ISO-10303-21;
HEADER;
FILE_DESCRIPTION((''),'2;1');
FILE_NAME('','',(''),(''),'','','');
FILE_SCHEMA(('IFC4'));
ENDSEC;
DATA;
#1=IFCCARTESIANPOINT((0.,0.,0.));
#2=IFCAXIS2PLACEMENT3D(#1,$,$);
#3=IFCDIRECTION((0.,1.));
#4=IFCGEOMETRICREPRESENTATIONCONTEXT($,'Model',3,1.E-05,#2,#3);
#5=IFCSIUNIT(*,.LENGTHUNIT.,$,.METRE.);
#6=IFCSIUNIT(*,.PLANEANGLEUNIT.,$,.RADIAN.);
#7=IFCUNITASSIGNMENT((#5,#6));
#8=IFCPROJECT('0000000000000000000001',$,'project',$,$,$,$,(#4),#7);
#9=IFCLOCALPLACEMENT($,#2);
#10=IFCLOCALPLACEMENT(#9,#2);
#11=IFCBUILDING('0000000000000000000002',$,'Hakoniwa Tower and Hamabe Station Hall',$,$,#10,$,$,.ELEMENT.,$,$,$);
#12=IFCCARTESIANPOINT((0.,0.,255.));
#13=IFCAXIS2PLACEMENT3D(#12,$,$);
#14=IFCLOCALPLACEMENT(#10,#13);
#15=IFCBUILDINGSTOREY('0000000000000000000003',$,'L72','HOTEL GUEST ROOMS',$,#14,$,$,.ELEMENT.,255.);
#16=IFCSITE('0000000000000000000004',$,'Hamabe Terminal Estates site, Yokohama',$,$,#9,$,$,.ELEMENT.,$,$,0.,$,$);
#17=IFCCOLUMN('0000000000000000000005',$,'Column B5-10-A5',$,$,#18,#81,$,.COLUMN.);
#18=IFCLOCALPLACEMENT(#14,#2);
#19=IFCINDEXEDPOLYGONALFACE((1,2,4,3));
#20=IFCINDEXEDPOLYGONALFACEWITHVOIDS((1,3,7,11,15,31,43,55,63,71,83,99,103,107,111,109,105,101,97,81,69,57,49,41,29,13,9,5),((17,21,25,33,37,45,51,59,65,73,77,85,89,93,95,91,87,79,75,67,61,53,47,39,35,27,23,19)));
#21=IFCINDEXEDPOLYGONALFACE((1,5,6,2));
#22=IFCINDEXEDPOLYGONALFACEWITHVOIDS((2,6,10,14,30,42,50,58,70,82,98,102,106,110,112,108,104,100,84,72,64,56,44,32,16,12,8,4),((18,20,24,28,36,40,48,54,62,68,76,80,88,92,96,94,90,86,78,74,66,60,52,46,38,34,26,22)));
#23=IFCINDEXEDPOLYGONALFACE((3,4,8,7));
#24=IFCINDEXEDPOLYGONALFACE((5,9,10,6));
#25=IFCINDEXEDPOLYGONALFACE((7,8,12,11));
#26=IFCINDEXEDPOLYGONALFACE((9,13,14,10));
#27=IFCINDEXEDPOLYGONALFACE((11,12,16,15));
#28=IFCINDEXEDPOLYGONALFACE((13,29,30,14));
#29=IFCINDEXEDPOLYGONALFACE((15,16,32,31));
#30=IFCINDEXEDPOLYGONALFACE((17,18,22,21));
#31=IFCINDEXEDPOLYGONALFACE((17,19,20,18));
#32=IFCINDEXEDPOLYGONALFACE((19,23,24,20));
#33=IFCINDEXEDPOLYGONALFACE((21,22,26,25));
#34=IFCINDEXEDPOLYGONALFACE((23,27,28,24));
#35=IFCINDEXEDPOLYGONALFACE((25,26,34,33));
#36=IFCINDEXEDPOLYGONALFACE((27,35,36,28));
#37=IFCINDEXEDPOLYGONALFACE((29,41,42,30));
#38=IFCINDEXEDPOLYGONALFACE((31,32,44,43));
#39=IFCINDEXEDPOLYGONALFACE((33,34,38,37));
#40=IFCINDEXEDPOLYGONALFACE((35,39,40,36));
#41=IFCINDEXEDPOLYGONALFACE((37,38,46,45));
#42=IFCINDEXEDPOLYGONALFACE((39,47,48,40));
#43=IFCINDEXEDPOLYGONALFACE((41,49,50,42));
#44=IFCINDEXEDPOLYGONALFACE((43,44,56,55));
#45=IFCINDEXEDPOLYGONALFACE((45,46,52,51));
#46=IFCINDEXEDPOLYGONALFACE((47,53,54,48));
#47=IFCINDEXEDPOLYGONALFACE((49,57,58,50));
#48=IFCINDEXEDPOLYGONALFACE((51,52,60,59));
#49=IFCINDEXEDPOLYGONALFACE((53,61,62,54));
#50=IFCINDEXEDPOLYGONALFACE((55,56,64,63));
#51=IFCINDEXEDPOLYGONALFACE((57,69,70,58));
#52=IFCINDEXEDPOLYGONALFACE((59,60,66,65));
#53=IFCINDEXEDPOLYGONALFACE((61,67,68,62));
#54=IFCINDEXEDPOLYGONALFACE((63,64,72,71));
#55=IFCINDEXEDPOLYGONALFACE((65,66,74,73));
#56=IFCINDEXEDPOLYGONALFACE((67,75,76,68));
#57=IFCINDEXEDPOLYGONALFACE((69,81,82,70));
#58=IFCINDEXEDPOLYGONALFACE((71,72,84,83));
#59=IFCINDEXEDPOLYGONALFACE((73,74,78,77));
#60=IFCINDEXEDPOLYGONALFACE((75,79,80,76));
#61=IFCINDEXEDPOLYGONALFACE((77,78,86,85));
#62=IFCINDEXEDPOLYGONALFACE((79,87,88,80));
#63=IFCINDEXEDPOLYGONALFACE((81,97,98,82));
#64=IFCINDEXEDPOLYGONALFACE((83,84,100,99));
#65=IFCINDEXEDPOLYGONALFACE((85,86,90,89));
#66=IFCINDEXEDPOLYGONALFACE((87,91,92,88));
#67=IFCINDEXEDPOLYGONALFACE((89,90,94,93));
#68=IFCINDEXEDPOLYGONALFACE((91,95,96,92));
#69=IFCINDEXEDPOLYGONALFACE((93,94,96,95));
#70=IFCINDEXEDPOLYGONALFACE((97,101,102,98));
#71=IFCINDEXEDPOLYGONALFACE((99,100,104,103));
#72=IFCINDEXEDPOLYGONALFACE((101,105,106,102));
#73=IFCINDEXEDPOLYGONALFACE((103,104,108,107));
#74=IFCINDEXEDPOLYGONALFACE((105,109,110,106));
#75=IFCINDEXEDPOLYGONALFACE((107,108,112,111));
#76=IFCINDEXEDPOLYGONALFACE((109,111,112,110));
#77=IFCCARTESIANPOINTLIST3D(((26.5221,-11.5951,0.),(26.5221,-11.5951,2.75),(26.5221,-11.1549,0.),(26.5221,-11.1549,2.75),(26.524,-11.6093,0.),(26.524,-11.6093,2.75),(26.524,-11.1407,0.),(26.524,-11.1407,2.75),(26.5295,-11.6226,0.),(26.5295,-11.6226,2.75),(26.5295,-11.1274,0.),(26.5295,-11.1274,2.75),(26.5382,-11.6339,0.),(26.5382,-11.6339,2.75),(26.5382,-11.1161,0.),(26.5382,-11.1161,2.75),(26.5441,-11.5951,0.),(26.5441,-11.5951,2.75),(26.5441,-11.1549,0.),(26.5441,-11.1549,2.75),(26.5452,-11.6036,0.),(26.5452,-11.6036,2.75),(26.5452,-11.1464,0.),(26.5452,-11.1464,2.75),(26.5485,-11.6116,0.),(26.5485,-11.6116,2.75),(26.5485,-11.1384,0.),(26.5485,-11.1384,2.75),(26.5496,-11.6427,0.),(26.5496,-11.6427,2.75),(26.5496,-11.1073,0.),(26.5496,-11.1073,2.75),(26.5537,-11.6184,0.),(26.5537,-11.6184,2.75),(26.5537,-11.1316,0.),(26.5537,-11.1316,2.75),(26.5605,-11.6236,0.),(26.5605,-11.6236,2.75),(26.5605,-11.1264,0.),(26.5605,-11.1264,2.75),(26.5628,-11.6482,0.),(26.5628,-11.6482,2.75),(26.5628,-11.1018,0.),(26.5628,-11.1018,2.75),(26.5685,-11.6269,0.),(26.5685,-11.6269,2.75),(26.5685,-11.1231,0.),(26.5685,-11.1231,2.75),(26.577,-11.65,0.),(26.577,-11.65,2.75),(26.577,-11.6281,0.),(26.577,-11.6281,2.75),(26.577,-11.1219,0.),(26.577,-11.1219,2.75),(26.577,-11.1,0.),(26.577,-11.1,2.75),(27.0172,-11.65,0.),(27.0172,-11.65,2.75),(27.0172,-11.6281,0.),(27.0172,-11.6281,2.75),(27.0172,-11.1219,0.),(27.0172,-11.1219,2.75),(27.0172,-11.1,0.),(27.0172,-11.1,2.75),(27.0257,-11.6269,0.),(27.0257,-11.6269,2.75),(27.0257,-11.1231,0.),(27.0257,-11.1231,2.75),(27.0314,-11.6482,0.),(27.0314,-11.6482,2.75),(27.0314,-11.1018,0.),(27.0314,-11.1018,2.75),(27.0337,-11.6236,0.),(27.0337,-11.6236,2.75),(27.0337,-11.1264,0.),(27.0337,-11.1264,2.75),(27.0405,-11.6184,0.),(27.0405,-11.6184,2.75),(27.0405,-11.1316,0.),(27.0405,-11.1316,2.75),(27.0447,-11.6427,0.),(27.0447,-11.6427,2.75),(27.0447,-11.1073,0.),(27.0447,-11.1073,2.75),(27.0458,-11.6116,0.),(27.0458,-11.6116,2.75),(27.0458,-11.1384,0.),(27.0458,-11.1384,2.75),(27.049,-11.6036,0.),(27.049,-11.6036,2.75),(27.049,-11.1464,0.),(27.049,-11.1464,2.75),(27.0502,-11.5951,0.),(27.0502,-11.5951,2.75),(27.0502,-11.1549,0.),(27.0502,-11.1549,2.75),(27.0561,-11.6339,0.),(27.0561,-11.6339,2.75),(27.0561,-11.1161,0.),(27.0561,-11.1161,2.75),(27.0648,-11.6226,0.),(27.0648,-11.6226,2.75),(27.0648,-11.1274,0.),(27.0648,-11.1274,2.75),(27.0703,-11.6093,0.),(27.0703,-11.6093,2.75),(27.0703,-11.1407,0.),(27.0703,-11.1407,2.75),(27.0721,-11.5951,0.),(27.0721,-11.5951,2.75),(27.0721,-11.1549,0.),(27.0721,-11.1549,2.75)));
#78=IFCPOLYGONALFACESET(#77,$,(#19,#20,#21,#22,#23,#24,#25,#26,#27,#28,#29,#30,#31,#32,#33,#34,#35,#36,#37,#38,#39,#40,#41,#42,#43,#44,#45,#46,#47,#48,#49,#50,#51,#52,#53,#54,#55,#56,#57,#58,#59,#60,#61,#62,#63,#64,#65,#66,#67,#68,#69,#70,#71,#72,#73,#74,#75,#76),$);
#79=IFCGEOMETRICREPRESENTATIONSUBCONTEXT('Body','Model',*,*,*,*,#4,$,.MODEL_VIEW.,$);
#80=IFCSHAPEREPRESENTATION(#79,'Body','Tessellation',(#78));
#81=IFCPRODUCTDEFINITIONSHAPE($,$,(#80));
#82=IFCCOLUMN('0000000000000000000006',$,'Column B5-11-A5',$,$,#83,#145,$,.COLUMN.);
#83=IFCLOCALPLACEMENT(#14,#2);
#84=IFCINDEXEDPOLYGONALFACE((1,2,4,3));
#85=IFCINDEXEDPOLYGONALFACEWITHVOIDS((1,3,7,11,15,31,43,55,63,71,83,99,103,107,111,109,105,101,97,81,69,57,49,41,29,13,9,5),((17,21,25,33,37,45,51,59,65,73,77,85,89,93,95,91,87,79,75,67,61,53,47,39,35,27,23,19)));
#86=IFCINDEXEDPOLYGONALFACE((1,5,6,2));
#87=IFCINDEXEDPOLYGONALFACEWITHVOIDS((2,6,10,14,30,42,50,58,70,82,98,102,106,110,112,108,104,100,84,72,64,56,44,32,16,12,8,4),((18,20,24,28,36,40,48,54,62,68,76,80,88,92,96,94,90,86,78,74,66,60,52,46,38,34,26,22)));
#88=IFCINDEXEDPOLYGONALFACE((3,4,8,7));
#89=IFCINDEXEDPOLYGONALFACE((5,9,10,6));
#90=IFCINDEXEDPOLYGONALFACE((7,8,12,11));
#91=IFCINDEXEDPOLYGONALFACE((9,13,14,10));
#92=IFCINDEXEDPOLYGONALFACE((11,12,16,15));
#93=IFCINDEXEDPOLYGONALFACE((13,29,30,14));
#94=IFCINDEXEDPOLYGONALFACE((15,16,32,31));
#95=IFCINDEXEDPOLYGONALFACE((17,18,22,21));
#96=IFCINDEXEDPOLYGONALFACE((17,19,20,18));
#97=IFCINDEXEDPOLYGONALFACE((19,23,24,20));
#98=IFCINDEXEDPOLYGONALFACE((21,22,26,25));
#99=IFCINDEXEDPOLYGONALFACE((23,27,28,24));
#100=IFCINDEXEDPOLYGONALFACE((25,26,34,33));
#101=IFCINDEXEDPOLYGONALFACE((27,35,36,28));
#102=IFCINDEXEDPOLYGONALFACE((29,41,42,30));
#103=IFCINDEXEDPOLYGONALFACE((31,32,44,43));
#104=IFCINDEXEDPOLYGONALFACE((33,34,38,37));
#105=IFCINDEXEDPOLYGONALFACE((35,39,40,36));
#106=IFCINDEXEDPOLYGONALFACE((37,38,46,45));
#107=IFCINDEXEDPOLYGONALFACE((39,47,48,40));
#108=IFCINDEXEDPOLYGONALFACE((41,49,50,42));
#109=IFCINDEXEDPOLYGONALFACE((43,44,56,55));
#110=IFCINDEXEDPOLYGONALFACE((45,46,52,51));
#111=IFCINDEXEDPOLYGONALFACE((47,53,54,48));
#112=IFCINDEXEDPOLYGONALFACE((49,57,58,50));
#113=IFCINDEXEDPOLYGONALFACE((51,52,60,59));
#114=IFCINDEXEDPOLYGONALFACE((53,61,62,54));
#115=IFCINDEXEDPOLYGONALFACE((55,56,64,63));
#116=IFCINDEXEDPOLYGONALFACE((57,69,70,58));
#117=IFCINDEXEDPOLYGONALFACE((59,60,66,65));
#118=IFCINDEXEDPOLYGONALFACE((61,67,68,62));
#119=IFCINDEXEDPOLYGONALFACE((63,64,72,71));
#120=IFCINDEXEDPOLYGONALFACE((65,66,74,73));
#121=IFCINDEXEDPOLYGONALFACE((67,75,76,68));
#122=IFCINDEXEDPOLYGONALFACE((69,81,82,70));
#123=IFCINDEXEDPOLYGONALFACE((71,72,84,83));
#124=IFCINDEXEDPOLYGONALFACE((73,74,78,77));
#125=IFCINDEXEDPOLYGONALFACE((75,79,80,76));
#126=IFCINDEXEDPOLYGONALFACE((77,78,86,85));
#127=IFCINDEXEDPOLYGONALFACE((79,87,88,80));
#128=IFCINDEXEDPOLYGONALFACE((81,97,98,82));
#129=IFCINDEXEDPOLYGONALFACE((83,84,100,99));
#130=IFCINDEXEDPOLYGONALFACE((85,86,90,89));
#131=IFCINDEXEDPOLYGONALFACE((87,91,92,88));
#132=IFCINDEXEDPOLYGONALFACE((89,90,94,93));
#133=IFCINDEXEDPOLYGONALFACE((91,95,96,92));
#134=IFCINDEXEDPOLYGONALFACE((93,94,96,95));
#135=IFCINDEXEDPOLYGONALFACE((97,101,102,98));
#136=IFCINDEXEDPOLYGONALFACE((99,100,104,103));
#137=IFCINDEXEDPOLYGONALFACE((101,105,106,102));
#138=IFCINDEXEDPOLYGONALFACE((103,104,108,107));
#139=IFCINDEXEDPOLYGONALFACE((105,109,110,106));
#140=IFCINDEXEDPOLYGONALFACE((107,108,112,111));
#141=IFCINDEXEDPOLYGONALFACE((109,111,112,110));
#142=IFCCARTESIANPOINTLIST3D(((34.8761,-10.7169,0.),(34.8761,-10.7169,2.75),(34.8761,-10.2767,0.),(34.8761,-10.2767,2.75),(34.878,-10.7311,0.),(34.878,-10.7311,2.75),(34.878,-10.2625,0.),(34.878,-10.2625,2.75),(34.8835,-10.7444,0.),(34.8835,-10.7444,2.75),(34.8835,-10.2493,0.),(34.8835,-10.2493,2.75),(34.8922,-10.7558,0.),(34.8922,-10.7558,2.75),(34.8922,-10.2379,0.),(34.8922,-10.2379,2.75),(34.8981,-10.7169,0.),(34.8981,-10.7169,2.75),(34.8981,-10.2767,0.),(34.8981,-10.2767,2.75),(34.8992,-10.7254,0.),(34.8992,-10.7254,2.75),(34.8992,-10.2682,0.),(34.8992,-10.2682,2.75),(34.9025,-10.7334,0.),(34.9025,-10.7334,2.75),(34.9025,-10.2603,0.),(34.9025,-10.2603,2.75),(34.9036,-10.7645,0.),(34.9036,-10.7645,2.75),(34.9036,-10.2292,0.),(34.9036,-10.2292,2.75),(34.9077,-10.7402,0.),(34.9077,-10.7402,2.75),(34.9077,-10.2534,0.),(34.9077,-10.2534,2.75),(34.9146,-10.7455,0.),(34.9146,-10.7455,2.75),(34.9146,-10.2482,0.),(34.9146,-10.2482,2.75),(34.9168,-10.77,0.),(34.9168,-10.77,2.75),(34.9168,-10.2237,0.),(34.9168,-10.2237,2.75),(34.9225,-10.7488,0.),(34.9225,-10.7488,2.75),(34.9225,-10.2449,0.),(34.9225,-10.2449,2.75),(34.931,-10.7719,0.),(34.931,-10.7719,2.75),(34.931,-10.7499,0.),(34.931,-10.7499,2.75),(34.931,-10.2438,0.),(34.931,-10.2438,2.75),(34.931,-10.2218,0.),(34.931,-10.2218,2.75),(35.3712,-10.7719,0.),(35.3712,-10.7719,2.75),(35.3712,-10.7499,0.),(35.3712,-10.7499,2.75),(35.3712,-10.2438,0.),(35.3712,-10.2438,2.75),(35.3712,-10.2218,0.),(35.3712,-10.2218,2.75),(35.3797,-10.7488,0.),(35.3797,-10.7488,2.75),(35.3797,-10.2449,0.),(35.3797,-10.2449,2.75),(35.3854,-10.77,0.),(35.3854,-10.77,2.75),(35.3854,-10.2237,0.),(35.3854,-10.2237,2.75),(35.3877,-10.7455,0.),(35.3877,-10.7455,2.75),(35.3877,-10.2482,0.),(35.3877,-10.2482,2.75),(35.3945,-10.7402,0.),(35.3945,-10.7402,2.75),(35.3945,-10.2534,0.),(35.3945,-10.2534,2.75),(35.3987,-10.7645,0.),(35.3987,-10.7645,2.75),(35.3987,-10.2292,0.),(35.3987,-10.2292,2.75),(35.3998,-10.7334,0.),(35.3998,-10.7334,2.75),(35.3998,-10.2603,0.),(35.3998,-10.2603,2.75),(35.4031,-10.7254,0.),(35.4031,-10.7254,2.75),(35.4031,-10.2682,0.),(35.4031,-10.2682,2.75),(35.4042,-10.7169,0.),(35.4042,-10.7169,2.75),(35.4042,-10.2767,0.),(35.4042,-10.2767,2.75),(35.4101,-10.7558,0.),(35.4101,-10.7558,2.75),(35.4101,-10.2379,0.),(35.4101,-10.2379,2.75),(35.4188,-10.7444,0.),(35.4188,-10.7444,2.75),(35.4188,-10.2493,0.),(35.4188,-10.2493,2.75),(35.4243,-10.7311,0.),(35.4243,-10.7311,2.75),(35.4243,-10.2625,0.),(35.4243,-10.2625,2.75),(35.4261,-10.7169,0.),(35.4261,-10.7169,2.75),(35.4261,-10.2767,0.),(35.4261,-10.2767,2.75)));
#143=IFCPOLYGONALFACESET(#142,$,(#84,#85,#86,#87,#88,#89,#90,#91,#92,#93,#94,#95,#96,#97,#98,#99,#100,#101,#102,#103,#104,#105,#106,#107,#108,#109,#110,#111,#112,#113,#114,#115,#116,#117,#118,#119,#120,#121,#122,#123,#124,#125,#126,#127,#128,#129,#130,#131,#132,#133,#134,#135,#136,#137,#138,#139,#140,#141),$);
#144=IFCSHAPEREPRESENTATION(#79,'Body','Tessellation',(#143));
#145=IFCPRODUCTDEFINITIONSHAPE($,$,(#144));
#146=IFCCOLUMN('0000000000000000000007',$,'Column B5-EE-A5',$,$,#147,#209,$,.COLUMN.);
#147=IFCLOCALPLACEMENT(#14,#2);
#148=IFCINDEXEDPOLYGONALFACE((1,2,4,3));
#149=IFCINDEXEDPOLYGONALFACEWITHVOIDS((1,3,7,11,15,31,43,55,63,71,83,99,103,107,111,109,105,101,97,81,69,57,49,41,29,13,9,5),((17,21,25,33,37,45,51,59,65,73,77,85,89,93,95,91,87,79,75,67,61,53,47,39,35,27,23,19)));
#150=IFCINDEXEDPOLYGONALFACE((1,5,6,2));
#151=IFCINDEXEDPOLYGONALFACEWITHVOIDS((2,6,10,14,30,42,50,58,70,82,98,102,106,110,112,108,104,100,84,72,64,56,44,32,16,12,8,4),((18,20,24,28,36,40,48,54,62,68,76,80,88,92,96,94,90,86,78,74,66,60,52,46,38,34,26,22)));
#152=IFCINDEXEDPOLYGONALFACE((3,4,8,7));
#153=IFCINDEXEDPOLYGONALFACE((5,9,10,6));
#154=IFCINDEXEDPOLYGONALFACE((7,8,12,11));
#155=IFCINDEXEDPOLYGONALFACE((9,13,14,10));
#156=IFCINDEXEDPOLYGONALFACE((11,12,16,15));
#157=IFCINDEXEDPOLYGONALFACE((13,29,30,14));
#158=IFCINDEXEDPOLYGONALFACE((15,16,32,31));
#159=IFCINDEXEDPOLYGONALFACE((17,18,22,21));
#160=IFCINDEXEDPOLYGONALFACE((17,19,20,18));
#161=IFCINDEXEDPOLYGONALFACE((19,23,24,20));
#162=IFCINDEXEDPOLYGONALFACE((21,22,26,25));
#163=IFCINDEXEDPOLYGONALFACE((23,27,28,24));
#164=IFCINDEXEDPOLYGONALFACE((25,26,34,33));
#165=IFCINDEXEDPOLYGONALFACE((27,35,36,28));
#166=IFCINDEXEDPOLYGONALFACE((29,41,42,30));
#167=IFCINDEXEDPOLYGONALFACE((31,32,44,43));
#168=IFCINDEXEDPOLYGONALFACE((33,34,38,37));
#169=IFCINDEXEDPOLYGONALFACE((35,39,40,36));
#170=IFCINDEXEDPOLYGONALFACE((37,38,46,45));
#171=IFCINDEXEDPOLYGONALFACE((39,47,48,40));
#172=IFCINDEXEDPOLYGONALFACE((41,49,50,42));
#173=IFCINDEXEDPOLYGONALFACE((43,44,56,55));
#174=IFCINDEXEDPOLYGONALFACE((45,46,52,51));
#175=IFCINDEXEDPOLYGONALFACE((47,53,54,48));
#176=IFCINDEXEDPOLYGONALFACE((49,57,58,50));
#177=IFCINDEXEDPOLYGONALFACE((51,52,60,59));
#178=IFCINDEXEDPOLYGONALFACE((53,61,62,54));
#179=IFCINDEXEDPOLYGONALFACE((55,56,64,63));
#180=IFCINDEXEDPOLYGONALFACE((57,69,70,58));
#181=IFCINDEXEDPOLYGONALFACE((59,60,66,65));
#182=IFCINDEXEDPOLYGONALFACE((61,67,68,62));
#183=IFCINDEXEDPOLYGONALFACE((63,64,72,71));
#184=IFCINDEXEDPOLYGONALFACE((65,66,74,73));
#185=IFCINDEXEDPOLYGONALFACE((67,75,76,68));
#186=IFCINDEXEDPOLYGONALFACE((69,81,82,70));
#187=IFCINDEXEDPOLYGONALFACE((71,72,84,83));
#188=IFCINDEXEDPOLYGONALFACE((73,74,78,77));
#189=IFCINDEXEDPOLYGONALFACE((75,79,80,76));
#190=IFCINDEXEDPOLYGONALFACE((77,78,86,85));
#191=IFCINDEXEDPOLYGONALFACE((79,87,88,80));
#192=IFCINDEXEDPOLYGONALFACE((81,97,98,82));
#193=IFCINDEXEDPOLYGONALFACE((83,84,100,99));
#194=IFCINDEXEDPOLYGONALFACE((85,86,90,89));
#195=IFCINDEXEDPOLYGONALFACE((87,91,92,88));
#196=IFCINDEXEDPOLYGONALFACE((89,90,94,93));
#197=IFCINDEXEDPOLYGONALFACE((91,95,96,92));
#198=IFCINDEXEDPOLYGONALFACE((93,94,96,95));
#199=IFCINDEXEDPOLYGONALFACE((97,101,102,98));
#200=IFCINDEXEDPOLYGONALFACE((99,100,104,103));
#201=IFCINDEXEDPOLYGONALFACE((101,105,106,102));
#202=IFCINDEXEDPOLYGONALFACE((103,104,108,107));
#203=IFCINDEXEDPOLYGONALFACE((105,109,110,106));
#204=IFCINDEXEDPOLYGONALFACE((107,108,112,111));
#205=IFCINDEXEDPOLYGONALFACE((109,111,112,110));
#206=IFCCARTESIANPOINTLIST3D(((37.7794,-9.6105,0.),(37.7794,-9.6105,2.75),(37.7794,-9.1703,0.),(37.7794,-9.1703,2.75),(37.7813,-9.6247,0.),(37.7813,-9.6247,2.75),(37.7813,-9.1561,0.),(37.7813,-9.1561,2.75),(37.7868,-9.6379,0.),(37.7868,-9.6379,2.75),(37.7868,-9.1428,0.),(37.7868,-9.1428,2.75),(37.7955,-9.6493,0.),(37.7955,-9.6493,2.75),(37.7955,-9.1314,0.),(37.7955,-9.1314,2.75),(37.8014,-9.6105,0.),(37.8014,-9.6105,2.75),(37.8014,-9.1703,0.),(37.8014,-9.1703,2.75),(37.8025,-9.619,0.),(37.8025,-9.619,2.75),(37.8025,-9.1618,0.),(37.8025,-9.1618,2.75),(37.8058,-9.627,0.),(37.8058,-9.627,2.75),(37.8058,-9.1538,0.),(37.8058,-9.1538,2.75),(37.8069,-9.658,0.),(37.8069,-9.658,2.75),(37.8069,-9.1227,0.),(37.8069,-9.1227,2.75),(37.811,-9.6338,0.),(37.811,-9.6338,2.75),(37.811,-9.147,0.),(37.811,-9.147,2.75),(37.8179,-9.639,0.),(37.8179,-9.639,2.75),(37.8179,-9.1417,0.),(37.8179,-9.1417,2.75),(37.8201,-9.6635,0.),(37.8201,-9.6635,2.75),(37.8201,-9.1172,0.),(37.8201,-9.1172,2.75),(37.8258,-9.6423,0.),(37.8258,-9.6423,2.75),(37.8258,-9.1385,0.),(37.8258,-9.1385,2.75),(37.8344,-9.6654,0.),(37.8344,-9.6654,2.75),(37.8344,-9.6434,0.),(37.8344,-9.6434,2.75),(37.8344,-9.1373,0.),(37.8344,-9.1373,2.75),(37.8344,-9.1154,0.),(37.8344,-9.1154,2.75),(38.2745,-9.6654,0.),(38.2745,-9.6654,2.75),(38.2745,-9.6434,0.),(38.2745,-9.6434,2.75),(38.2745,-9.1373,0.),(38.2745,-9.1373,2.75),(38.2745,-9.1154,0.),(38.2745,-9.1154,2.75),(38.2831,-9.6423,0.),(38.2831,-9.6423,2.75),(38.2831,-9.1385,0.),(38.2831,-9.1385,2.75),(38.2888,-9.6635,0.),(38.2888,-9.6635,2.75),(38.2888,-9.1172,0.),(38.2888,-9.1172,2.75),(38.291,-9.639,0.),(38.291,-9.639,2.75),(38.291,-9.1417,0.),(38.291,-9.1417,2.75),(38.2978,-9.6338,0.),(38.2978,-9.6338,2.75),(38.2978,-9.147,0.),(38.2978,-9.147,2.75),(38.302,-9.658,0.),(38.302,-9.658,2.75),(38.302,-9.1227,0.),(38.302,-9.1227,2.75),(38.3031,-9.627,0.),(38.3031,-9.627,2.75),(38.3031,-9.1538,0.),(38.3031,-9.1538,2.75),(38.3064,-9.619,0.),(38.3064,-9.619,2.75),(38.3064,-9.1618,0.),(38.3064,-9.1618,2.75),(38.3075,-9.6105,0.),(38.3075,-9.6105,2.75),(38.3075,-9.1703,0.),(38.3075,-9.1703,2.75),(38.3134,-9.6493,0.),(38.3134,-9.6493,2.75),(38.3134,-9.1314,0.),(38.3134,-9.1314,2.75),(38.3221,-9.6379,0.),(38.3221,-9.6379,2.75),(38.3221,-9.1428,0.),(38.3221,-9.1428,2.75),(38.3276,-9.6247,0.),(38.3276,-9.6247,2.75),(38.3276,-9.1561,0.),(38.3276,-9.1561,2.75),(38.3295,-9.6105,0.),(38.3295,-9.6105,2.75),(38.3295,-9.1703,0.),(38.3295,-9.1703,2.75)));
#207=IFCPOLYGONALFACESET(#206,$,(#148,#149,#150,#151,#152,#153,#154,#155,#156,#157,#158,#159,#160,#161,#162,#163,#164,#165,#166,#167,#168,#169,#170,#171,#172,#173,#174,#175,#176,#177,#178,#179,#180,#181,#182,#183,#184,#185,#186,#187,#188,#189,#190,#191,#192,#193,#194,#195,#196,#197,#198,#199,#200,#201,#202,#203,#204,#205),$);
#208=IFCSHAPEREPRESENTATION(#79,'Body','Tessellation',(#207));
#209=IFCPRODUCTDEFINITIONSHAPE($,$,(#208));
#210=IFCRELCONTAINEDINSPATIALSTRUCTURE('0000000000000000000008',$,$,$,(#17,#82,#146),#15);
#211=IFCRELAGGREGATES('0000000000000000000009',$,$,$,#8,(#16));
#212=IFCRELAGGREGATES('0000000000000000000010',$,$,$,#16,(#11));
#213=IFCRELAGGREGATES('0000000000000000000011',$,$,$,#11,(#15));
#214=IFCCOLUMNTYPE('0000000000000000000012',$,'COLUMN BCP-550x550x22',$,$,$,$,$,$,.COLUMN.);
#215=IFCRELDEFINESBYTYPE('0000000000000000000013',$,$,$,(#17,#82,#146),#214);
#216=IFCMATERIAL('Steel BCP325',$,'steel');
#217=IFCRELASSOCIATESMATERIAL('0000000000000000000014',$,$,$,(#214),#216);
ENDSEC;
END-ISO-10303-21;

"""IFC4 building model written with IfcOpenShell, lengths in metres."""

from ifc_helpers import new_model, si_unit, direction, frame, origin, origin_2d, place, context, subcontext, project, spatial, hollow_rectangle, extrude, material, material_profile, profile_set, type_object, element, save


model = new_model("IFC4")

# Units and contexts
model_context = context("Model", 3, precision=1e-05, world=origin(), true_north=direction((0.0, 1.0)))
body_context = subcontext(model_context, "Body", "Model", "MODEL_VIEW")
ifc_project = project(units=[si_unit("LENGTHUNIT", "METRE"), si_unit("PLANEANGLEUNIT", "RADIAN")], contexts=[model_context])

# Site, building, storey
site_placement = place(None, origin())
site = spatial("IfcSite", under=ifc_project, at=site_placement, Name="Hamabe Terminal Estates site, Yokohama", CompositionType="ELEMENT", RefElevation=0.0)
building_placement = place(site_placement, origin())
building = spatial("IfcBuilding", under=site, at=building_placement, Name="Hakoniwa Tower and Hamabe Station Hall", CompositionType="ELEMENT")
storey_placement = place(building_placement, frame((0.0, 0.0, 255.0)))
storey = spatial("IfcBuildingStorey", under=building, at=storey_placement, Name="L72", Description="HOTEL GUEST ROOMS", CompositionType="ELEMENT", Elevation=255.0)

# Columns
ifc_material_1 = material(Name="Steel BCP325", Category="steel")
ifc_material_profile_1 = material_profile(ifc_material_1, hollow_rectangle(XDim=0.55, YDim=0.55, WallThickness=0.022, InnerFilletRadius=0.033, OuterFilletRadius=0.0549, at=origin_2d()), Name="BCP-550x550x22")
ifc_profile_set_1 = profile_set([ifc_material_profile_1], Name="Steel BCP325")
column_type = type_object("IfcColumnType", Name="COLUMN BCP-550x550x22", PredefinedType="COLUMN", material=ifc_profile_set_1)
for number, where, z_axis, x_axis, name in (
    (1, (26.7971, -11.375, 0.0), (0.0, 0.0, 1.0), (1.0, 0.0, 0.0), "Column B5-10-A5"),
    (2, (35.1511, -10.4968, 0.0), (0.0, 0.0, 1.0), (1.0, 0.0, 0.0), "Column B5-11-A5"),
    (3, (38.0544, -9.3904, 0.0), (0.0, 0.0, 1.0), (1.0, 0.0, 0.0), "Column B5-EE-A5"),
):
    element("IfcColumn", number, at=place(storey_placement, frame(where, z_axis=z_axis, x_axis=x_axis)), inside=storey, type_object=column_type, Name=name, PredefinedType="COLUMN", context=body_context, shape_type="SweptSolid", body=[
        extrude(hollow_rectangle(XDim=0.55, YDim=0.55, WallThickness=0.022, InnerFilletRadius=0.033, OuterFilletRadius=0.0549, at=origin_2d()), origin(), (0.0, 0.0, 1.0), 2.75),
    ])

save(model, "model.ifc")
